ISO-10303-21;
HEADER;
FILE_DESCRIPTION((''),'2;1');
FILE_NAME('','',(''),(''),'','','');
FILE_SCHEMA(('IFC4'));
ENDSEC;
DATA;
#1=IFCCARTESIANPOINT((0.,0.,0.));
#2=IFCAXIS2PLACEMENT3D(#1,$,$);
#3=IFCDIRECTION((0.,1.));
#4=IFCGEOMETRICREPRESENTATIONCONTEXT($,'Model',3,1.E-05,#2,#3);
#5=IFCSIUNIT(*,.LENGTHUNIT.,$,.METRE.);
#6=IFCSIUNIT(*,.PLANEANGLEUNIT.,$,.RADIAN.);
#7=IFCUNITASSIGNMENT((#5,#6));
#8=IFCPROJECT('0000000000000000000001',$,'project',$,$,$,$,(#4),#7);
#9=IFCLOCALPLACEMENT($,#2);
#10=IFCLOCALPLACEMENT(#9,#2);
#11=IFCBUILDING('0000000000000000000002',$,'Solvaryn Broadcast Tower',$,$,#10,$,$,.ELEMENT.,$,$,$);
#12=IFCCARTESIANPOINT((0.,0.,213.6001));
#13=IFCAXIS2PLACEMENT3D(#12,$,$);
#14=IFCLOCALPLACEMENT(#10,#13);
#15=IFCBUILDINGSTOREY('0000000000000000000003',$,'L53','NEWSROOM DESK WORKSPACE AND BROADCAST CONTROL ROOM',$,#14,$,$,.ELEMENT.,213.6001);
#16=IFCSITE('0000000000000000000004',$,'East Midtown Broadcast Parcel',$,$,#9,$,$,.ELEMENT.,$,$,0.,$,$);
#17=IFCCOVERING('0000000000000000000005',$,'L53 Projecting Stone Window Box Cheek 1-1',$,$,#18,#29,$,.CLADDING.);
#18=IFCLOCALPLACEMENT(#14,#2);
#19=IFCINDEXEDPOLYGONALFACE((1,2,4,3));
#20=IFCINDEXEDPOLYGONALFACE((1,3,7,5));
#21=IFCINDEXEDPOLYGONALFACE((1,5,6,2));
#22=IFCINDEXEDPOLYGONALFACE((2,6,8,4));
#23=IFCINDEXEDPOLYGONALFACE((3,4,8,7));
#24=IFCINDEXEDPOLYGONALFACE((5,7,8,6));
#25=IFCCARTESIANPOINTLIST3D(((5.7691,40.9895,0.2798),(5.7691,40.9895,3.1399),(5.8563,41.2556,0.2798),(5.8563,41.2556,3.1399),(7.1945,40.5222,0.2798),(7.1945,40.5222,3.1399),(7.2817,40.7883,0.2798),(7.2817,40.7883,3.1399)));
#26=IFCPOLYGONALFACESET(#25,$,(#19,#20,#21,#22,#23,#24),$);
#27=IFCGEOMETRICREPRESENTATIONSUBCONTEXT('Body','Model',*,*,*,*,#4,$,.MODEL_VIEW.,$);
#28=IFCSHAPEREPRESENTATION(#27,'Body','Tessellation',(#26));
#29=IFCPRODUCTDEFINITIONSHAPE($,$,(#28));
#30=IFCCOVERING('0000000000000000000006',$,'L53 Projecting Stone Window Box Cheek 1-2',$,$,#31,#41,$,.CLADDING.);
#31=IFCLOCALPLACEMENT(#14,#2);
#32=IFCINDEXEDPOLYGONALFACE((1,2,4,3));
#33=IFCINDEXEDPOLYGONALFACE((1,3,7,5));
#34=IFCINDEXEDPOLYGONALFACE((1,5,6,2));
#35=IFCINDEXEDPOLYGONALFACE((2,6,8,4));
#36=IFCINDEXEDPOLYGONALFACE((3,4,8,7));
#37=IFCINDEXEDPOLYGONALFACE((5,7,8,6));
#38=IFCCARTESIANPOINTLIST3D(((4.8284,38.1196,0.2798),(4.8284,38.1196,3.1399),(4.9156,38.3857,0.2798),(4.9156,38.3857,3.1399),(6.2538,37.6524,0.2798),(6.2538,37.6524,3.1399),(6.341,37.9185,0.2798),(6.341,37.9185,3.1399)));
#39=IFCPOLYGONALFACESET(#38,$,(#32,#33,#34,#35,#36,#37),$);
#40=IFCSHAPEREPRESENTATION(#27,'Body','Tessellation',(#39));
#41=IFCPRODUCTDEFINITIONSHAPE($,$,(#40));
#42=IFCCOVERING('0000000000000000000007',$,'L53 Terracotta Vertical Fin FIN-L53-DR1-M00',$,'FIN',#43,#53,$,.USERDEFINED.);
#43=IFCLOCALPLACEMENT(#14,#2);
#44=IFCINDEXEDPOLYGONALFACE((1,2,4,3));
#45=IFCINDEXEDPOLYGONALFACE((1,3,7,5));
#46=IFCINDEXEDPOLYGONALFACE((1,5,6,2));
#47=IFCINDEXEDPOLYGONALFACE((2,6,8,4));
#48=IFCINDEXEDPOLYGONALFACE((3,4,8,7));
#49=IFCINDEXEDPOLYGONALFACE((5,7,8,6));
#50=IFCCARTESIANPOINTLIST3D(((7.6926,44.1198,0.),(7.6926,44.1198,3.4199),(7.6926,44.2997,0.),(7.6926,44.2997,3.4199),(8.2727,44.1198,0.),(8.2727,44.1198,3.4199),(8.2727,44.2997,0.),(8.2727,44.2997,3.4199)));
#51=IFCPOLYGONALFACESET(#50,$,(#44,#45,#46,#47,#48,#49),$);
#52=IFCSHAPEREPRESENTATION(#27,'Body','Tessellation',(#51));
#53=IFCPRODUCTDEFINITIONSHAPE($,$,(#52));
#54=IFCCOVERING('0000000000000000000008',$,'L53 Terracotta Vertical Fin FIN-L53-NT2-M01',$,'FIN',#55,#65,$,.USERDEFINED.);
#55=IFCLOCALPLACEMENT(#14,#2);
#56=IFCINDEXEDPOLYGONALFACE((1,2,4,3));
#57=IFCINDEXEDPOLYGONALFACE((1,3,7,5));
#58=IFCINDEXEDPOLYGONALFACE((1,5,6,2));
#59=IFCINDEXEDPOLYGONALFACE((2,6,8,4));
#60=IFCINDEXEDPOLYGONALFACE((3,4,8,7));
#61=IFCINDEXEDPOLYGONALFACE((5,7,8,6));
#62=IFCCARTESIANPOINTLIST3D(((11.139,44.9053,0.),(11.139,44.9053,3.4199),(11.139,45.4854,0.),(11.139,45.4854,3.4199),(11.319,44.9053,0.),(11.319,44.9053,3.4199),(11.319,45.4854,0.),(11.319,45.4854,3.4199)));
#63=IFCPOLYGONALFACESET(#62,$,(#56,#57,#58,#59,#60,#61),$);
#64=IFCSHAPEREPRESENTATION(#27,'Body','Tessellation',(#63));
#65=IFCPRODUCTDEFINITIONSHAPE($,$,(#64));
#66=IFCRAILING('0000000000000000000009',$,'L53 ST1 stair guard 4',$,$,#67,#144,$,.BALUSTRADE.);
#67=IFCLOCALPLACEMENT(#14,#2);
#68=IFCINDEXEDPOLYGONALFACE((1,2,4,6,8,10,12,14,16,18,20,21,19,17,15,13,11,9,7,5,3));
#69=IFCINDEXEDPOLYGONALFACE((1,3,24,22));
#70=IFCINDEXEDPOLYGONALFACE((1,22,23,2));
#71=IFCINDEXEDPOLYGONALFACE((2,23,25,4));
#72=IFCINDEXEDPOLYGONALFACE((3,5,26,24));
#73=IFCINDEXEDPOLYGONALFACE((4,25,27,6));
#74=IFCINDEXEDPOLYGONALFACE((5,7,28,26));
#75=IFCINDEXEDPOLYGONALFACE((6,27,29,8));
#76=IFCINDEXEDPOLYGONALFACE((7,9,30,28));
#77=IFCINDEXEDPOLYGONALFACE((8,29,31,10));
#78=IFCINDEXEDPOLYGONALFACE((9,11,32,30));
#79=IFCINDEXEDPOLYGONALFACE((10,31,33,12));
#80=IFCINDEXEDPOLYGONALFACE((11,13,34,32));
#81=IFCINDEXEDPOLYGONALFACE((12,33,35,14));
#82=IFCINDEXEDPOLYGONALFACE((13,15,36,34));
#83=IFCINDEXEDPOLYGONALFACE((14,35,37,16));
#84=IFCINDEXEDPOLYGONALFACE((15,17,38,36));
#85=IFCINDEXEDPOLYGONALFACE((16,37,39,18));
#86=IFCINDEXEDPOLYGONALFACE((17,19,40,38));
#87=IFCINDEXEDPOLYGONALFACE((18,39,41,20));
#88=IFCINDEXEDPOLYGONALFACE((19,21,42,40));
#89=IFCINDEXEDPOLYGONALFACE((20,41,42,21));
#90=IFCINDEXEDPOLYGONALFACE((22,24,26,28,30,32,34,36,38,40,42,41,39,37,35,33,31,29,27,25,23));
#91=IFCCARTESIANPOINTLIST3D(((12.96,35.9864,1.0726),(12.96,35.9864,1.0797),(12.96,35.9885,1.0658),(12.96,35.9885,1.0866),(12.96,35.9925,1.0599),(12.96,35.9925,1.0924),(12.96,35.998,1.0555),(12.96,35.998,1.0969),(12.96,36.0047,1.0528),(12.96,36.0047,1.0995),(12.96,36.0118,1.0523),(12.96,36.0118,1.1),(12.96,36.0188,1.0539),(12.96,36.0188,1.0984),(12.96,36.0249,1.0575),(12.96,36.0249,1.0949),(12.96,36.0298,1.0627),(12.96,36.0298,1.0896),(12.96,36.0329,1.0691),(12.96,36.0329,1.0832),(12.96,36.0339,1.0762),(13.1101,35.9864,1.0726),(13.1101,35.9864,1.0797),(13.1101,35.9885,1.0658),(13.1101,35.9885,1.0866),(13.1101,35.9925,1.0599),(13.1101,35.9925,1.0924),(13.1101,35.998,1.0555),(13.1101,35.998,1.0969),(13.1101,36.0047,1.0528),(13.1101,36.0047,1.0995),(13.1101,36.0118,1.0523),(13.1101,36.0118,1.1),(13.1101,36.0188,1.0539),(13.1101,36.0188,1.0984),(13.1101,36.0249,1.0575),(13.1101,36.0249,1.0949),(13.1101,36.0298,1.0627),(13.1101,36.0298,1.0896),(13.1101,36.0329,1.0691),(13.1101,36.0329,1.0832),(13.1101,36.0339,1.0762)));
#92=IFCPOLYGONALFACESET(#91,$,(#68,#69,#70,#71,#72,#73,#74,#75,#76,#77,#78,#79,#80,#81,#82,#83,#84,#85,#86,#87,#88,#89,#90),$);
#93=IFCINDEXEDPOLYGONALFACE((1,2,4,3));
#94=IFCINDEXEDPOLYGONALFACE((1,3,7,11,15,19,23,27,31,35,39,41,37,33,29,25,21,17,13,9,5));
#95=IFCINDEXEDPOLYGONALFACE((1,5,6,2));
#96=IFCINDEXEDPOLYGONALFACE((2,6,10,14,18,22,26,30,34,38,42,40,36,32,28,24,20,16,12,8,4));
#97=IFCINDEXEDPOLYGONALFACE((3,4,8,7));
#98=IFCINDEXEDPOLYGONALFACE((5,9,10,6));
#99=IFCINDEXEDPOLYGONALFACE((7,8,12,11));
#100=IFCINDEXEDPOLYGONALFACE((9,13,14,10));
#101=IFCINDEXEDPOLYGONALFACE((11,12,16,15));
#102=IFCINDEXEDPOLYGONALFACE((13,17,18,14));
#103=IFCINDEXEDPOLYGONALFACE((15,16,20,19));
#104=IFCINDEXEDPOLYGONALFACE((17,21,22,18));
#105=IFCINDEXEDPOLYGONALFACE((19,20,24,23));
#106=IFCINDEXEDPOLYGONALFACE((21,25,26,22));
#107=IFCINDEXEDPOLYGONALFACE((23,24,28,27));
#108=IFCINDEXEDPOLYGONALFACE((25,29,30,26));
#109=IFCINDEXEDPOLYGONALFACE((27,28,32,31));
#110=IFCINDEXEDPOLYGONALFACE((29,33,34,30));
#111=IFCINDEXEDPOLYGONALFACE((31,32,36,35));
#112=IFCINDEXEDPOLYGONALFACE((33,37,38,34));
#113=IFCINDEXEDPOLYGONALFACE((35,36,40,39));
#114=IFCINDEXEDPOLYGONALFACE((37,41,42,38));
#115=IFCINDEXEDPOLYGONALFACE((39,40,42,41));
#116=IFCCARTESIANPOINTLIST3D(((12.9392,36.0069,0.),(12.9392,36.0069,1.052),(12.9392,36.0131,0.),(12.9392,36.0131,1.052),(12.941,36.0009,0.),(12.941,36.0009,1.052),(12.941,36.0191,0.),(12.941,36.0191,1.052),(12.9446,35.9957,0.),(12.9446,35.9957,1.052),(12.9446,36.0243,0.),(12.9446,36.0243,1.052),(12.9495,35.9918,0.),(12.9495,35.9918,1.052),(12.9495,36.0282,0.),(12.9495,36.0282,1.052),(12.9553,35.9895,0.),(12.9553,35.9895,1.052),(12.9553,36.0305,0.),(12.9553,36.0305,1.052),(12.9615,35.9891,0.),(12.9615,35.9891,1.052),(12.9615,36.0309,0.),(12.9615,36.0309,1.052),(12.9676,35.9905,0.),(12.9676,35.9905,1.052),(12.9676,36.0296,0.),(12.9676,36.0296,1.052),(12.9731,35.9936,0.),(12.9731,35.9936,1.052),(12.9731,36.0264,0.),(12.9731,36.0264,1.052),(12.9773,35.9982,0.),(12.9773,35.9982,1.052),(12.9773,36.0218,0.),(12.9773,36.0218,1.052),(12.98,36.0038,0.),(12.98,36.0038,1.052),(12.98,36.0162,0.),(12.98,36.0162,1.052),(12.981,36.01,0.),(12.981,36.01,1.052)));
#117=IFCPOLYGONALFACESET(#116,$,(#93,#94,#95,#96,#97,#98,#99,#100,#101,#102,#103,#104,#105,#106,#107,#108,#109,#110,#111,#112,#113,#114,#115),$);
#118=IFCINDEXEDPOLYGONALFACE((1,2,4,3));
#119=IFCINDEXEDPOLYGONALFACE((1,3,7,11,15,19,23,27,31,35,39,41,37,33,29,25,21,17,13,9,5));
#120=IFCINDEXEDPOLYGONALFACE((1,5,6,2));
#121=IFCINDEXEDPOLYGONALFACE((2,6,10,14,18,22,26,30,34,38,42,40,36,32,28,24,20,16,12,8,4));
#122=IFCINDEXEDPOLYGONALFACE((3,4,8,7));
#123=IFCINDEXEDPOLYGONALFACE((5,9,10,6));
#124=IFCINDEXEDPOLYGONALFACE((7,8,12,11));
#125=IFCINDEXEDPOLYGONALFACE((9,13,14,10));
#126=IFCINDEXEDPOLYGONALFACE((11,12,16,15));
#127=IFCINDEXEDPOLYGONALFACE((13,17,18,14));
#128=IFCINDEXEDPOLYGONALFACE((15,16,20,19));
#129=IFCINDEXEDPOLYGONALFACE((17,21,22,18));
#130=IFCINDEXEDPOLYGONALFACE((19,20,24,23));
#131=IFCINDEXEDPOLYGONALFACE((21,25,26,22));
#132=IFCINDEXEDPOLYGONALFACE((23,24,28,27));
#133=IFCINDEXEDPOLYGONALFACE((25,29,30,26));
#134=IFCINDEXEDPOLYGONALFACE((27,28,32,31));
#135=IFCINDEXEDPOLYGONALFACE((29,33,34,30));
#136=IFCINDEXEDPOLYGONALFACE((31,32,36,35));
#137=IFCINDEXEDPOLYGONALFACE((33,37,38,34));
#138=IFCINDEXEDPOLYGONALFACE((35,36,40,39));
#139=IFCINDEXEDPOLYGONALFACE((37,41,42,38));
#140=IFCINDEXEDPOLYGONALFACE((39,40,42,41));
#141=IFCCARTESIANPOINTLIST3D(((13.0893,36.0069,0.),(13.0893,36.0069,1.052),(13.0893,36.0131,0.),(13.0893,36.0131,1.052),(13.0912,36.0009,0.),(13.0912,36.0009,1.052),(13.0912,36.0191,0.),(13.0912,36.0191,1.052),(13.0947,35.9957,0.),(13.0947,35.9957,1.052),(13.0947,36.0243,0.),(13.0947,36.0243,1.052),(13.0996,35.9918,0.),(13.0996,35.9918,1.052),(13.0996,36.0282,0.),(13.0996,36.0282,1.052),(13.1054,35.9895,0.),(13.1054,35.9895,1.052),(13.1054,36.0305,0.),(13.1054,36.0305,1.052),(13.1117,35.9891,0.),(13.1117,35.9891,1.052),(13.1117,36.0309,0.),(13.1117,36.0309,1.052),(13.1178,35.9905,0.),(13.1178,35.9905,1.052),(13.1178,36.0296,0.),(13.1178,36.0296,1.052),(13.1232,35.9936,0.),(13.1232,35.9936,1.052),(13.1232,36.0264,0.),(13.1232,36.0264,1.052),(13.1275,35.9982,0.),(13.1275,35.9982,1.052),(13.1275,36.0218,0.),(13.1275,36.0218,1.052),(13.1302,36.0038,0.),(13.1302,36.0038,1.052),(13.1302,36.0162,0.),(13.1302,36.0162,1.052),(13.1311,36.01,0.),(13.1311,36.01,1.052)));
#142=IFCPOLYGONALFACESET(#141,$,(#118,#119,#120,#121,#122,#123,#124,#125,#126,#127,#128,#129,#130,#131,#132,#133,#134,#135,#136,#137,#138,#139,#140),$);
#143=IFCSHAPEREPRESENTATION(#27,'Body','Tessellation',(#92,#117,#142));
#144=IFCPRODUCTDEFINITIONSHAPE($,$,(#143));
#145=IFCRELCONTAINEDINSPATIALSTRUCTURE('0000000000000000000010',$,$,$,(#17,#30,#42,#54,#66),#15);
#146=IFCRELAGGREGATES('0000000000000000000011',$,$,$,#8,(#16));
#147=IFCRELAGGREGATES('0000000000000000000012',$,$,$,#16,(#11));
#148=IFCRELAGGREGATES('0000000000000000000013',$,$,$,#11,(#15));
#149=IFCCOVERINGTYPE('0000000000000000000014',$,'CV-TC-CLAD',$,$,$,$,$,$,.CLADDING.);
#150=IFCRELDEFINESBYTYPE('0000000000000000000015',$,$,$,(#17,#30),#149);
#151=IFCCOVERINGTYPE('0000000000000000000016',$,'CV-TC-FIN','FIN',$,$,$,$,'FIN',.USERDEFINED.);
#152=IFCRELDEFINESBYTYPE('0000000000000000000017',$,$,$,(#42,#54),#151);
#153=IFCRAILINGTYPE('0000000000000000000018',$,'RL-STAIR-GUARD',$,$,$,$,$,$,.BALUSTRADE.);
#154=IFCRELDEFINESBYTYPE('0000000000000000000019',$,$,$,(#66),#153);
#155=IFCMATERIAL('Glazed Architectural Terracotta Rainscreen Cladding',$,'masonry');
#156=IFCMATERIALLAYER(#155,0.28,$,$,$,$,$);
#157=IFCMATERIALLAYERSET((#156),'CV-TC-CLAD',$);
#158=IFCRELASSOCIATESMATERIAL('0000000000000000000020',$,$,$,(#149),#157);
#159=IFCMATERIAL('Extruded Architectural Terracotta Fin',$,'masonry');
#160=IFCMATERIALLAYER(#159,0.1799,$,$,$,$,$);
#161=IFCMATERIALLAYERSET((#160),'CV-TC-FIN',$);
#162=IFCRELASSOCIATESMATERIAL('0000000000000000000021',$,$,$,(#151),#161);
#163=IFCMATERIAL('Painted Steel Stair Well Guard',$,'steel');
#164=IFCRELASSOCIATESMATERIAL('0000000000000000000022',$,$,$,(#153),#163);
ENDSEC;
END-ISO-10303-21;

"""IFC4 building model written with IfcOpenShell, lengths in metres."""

from ifc_helpers import new_model, si_unit, direction, frame, origin, origin_2d, place, context, subcontext, project, spatial, rectangle, circle, extrude, material, layer, layer_set, type_object, element, save


model = new_model("IFC4")

# Units and contexts
model_context = context("Model", 3, precision=1e-05, world=origin(), true_north=direction((0.0, 1.0)))
body_context = subcontext(model_context, "Body", "Model", "MODEL_VIEW")
ifc_project = project(units=[si_unit("LENGTHUNIT", "METRE"), si_unit("PLANEANGLEUNIT", "RADIAN")], contexts=[model_context])

# Site, building, storey
site_placement = place(None, origin())
site = spatial("IfcSite", under=ifc_project, at=site_placement, Name="East Midtown Broadcast Parcel", CompositionType="ELEMENT", RefElevation=0.0)
building_placement = place(site_placement, origin())
building = spatial("IfcBuilding", under=site, at=building_placement, Name="Solvaryn Broadcast Tower", CompositionType="ELEMENT")
storey_placement = place(building_placement, frame((0.0, 0.0, 213.6001)))
storey = spatial("IfcBuildingStorey", under=building, at=storey_placement, Name="L53", Description="NEWSROOM DESK WORKSPACE AND BROADCAST CONTROL ROOM", CompositionType="ELEMENT", Elevation=213.6001)

# Coverings
ifc_material_1 = material(Name="Glazed Architectural Terracotta Rainscreen Cladding", Category="masonry")
ifc_layer_1 = layer(ifc_material_1, 0.28)
ifc_layer_set_1 = layer_set([ifc_layer_1], Name="CV-TC-CLAD")
covering_type_1 = type_object("IfcCoveringType", Name="CV-TC-CLAD", PredefinedType="CLADDING", material=ifc_layer_set_1)
for number, where, z_axis, x_axis, name in (
    (1, (6.5254, 40.8889, 0.2798), (0.0, 0.0, 1.0), (-0.311506, -0.950244, 0.0), "L53 Projecting Stone Window Box Cheek 1-1"),
    (2, (5.5847, 38.019, 0.2798), (0.0, 0.0, 1.0), (-0.311506, -0.950244, 0.0), "L53 Projecting Stone Window Box Cheek 1-2"),
):
    element("IfcCovering", number, at=place(storey_placement, frame(where, z_axis=z_axis, x_axis=x_axis)), inside=storey, type_object=covering_type_1, Name=name, PredefinedType="CLADDING", context=body_context, shape_type="SweptSolid", body=[
        extrude(rectangle(XDim=0.28, YDim=1.5, at=origin_2d()), origin(), (0.0, 0.0, 1.0), 2.8601),
    ])
ifc_material_2 = material(Name="Extruded Architectural Terracotta Fin", Category="masonry")
ifc_layer_2 = layer(ifc_material_2, 0.1799)
ifc_layer_set_2 = layer_set([ifc_layer_2], Name="CV-TC-FIN")
covering_type_2 = type_object("IfcCoveringType", Name="CV-TC-FIN", Description="FIN", ElementType="FIN", PredefinedType="USERDEFINED", material=ifc_layer_set_2)
covering_1_placement = place(storey_placement, frame((7.9827, 44.2097, 0.0), z_axis=(0.0, 0.0, 1.0), x_axis=(1.0, 0.0, 0.0)))
element("IfcCovering", 3, at=covering_1_placement, inside=storey, type_object=covering_type_2, Name="L53 Terracotta Vertical Fin FIN-L53-DR1-M00", ObjectType="FIN", PredefinedType="USERDEFINED", context=body_context, shape_type="SweptSolid", body=[
    extrude(rectangle(XDim=0.5801, YDim=0.1799, at=origin_2d()), origin(), (0.0, 0.0, 1.0), 3.4199),
])
covering_2_placement = place(storey_placement, frame((11.229, 45.1953, 0.0), z_axis=(0.0, 0.0, 1.0), x_axis=(1.0, 0.0, 0.0)))
element("IfcCovering", 4, at=covering_2_placement, inside=storey, type_object=covering_type_2, Name="L53 Terracotta Vertical Fin FIN-L53-NT2-M01", ObjectType="FIN", PredefinedType="USERDEFINED", context=body_context, shape_type="SweptSolid", body=[
    extrude(rectangle(XDim=0.1799, YDim=0.5801, at=origin_2d()), origin(), (0.0, 0.0, 1.0), 3.4199),
])

# Railing
ifc_material_3 = material(Name="Painted Steel Stair Well Guard", Category="steel")
railing_type_1 = type_object("IfcRailingType", Name="RL-STAIR-GUARD", PredefinedType="BALUSTRADE", material=ifc_material_3)
railing_1_placement = place(storey_placement, frame((12.96, 36.01, 0.0)))
element("IfcRailing", 5, at=railing_1_placement, inside=storey, type_object=railing_type_1, Name="L53 ST1 stair guard 4", PredefinedType="BALUSTRADE", context=body_context, shape_type="SweptSolid", body=[
    extrude(circle(Radius=0.0239, at=origin_2d()), frame((0.0, 0.0, 1.0762), z_axis=(1.0, 0.0, 0.0), x_axis=(0.0, 1.0, 0.0)), (0.0, 0.0, 1.0), 0.1501),
    extrude(circle(Radius=0.021, at=origin_2d()), origin(), (0.0, 0.0, 1.0), 1.052),
    extrude(circle(Radius=0.021, at=origin_2d()), frame((0.1501, 0.0, 0.0)), (0.0, 0.0, 1.0), 1.052),
])

save(model, "model.ifc")
